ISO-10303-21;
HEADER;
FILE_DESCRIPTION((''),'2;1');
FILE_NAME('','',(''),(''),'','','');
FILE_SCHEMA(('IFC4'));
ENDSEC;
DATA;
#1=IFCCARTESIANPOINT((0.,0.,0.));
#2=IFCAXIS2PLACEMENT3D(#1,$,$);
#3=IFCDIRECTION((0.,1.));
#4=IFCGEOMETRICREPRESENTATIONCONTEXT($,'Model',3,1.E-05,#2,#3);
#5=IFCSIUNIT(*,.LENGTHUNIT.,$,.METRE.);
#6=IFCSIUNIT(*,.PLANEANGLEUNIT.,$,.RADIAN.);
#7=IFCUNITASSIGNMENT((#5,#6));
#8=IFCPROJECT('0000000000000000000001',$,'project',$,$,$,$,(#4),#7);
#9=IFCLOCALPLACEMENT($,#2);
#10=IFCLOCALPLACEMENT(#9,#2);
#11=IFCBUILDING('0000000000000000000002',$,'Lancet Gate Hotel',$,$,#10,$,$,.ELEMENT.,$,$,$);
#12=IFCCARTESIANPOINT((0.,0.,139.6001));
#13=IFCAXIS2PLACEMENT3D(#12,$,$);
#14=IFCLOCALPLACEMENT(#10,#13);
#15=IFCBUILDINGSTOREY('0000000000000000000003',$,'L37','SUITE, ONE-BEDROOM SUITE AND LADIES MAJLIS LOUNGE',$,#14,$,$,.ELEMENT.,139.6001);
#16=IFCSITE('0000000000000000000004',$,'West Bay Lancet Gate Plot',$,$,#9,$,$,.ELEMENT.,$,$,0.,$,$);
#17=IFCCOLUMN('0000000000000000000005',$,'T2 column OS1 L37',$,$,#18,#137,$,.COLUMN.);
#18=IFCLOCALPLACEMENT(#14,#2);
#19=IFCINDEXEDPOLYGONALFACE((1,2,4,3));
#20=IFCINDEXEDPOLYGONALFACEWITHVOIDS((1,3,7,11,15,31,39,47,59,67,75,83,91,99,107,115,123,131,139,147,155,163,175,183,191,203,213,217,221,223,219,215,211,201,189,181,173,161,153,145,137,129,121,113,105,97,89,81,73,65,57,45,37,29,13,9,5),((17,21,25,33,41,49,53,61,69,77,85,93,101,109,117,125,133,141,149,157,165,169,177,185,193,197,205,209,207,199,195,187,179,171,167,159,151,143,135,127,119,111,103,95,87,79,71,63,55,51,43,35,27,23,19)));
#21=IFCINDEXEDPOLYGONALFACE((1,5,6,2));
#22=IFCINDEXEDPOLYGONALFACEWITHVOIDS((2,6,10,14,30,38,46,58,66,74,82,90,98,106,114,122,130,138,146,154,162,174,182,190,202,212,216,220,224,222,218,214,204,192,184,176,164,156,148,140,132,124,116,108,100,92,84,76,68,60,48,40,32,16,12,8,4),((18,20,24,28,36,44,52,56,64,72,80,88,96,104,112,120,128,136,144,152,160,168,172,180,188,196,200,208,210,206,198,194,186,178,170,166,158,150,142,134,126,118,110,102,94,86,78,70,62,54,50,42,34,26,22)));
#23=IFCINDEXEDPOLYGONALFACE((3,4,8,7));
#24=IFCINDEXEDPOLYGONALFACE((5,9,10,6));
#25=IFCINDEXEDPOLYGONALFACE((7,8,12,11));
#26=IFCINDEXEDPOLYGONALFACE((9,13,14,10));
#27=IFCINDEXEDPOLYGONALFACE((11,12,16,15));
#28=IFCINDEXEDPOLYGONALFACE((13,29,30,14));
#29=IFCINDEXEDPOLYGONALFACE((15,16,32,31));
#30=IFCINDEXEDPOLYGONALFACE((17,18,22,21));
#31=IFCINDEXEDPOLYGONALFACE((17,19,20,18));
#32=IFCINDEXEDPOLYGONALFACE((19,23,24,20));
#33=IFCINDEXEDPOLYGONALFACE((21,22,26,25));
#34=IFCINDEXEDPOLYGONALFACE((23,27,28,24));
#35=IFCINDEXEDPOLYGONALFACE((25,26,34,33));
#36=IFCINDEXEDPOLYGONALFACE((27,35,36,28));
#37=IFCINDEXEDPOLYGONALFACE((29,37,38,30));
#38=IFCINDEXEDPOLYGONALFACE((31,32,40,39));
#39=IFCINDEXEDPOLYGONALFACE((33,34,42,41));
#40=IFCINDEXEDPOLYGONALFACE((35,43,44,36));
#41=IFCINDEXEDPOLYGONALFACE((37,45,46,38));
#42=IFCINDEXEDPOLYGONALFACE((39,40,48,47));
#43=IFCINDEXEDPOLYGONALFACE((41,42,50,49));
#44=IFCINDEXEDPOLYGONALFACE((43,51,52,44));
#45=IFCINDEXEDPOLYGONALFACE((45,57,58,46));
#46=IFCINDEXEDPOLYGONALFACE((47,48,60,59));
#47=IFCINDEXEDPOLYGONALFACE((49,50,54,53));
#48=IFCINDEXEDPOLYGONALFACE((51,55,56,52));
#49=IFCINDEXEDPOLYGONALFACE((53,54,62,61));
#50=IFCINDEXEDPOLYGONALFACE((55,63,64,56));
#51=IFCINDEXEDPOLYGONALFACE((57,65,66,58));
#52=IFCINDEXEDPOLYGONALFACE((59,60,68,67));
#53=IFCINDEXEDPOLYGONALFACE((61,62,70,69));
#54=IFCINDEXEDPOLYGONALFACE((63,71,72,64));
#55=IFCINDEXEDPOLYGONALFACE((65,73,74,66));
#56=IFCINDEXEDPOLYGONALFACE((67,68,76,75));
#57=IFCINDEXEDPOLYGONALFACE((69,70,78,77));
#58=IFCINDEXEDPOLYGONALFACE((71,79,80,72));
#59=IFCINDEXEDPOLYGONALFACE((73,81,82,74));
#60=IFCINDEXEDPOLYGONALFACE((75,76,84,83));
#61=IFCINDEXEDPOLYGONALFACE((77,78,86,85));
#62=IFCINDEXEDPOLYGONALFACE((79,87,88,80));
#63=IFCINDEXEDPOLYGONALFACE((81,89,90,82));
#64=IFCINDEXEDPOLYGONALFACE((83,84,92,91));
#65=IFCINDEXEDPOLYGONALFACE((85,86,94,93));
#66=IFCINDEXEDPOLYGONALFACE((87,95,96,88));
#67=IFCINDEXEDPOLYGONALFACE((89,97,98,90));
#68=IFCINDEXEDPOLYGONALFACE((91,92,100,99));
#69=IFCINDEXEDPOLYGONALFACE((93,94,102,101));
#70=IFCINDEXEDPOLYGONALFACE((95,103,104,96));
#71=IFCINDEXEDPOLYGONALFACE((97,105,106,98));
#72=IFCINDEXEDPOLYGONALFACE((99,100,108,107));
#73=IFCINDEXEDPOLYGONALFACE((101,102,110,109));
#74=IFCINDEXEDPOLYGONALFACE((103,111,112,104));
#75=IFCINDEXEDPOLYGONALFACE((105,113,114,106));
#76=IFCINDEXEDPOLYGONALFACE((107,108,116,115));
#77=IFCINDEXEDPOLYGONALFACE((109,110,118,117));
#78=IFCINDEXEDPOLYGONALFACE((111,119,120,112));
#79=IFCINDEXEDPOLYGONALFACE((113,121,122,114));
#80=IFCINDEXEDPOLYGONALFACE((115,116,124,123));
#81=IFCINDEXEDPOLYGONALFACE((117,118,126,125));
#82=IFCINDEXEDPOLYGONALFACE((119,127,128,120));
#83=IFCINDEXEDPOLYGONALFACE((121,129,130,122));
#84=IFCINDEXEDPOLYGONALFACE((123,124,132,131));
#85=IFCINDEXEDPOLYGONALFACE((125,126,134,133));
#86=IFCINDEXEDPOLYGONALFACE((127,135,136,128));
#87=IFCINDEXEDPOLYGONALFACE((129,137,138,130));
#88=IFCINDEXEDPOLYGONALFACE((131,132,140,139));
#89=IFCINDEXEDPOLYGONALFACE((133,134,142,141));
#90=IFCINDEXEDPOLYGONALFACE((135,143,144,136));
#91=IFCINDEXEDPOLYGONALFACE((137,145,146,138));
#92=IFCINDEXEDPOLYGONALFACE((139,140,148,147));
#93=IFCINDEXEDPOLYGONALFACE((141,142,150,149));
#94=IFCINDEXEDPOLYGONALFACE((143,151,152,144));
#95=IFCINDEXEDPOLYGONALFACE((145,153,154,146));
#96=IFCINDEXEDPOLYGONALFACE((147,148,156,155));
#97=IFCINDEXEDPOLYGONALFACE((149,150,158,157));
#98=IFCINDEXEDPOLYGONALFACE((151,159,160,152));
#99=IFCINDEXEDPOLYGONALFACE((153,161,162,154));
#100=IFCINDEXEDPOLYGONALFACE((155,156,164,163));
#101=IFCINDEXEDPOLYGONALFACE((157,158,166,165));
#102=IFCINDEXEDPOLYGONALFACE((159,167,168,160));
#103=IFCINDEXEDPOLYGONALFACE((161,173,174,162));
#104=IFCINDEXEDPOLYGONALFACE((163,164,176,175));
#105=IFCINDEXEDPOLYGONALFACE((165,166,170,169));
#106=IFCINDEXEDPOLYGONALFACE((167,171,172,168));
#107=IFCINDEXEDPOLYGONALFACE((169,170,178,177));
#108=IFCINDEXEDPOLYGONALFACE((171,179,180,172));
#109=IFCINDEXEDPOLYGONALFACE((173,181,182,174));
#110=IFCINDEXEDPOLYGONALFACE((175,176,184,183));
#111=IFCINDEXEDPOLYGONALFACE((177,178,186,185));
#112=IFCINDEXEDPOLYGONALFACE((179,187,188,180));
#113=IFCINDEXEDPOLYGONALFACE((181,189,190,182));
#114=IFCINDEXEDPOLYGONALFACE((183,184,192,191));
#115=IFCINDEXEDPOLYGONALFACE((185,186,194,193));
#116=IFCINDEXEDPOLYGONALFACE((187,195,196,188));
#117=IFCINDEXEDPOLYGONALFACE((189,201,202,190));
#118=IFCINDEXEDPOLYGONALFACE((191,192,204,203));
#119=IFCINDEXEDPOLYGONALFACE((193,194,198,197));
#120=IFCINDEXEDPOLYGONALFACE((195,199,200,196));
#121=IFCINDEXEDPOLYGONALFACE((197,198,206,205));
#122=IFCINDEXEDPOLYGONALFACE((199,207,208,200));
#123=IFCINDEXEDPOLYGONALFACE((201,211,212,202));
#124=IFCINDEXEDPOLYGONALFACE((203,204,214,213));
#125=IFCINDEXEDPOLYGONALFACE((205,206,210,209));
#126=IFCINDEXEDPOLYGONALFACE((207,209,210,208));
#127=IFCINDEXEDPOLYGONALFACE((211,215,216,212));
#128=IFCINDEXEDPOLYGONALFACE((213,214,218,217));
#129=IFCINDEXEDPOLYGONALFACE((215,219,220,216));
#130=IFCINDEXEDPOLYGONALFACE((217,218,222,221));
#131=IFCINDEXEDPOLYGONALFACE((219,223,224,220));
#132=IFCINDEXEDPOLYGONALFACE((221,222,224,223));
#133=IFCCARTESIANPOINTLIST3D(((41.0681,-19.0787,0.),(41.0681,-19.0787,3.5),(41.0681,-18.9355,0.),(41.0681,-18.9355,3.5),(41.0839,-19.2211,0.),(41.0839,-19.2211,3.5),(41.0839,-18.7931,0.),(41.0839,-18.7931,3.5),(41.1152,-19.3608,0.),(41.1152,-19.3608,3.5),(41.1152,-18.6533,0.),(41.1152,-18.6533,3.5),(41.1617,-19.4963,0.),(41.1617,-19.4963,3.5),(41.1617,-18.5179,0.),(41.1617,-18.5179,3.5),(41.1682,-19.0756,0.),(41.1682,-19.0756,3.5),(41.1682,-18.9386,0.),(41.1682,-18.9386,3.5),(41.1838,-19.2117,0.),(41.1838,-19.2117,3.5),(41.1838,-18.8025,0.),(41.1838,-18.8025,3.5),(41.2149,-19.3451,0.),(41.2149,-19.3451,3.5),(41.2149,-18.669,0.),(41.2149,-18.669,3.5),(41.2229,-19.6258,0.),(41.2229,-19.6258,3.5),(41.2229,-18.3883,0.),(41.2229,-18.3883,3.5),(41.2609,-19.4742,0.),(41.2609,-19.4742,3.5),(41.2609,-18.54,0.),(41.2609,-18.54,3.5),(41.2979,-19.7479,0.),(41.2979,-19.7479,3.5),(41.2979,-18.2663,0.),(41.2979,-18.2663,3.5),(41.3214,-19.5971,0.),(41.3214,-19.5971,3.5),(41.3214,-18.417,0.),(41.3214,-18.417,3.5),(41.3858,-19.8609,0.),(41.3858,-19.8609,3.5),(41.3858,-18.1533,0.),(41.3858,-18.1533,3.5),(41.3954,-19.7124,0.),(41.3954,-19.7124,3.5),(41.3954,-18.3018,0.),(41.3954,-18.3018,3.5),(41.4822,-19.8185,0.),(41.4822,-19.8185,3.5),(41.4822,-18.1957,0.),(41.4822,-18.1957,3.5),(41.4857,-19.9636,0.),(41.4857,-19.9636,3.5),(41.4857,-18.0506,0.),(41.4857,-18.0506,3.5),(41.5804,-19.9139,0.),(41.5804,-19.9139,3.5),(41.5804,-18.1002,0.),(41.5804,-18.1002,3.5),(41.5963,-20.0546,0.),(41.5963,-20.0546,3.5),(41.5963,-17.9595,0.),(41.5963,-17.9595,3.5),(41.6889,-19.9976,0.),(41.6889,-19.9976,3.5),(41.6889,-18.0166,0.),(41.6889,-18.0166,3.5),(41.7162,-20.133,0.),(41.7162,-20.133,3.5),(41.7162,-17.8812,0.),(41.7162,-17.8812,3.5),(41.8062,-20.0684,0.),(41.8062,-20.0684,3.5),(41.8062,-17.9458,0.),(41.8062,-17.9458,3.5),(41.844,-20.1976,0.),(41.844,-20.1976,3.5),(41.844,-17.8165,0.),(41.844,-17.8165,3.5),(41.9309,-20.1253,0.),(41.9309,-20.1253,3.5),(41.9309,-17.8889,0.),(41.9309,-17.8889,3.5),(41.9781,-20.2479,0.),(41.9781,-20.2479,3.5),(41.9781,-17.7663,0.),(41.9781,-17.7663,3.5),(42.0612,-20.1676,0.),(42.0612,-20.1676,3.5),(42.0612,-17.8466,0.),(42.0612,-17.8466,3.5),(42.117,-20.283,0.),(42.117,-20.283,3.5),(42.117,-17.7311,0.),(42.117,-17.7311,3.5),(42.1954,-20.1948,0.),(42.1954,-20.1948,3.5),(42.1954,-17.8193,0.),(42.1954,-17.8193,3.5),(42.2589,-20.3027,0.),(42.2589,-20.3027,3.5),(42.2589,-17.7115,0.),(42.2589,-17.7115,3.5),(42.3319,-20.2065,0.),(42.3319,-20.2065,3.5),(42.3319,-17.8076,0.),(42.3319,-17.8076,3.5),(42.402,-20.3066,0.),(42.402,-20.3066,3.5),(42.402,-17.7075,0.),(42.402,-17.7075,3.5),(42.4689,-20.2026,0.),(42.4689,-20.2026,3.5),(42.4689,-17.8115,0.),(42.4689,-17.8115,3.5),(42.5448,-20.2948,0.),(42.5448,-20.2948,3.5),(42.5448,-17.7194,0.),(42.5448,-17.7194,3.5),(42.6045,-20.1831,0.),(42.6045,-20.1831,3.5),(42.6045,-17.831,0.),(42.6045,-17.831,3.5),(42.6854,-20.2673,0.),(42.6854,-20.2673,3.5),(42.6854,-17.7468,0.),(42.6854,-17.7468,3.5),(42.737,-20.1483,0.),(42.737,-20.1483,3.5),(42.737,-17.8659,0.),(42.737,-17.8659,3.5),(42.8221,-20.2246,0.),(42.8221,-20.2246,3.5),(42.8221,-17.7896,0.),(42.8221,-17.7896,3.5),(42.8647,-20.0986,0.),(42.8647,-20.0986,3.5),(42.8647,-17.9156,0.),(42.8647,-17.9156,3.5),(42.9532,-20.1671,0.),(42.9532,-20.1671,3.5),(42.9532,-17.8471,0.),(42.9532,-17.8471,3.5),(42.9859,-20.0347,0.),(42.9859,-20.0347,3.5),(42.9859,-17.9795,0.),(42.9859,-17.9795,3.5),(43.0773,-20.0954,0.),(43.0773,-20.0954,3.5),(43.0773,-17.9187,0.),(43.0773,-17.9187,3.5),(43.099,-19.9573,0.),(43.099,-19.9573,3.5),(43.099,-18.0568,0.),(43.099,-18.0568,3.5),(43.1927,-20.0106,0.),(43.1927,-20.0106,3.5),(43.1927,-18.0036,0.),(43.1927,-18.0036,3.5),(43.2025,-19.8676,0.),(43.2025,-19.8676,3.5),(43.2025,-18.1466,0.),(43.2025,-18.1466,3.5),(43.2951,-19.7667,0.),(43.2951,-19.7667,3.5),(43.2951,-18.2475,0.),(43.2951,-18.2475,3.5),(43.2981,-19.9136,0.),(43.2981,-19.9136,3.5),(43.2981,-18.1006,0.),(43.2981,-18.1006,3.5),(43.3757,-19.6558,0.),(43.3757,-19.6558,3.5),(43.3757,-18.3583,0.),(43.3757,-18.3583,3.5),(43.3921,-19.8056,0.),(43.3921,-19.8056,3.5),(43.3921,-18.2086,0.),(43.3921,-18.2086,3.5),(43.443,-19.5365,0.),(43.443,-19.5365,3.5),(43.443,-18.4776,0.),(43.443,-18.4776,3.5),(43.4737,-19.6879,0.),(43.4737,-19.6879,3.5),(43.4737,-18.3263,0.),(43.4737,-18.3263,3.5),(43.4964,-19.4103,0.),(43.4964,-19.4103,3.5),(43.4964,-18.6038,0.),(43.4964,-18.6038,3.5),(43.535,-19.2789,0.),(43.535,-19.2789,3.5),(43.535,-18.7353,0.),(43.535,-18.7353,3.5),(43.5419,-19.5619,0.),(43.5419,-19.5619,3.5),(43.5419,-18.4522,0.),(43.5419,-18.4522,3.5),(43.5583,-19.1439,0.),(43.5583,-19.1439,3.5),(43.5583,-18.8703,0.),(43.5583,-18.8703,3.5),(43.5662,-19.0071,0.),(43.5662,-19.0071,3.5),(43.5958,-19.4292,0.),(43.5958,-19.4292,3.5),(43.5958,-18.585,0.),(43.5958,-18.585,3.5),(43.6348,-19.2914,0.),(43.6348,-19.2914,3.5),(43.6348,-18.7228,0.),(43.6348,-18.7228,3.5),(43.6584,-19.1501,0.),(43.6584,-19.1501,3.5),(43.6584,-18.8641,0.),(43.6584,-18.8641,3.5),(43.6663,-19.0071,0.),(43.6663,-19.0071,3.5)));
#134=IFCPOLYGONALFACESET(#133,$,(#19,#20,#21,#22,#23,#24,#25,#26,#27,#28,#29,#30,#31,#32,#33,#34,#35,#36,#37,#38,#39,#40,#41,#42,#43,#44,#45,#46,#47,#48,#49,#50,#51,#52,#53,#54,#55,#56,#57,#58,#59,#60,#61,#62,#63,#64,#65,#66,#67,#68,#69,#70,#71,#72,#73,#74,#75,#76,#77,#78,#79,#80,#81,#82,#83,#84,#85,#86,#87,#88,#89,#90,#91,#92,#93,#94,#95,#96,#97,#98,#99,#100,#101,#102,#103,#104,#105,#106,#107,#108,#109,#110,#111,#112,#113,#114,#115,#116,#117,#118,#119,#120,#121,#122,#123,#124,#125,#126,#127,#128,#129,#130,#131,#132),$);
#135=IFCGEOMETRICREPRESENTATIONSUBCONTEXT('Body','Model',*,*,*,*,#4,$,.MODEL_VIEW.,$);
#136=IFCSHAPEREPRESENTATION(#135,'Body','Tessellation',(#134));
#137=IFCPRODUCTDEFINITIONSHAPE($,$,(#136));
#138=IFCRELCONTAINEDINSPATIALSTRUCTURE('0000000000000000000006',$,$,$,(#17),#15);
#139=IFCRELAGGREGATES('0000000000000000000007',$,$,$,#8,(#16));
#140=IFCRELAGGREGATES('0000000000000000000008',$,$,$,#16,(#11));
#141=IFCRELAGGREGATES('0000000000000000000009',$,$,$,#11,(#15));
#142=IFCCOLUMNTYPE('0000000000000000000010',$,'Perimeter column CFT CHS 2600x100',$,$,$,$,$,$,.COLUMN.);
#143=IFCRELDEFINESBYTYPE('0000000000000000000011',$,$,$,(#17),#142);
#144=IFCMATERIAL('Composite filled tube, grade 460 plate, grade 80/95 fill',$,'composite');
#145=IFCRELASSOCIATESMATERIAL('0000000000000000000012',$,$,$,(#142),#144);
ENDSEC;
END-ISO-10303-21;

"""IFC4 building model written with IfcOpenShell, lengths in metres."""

from ifc_helpers import new_model, si_unit, direction, frame, origin, origin_2d, place, context, subcontext, project, spatial, hollow_circle, extrude, material, material_profile, profile_set, type_object, element, save


model = new_model("IFC4")

# Units and contexts
model_context = context("Model", 3, precision=1e-05, world=origin(), true_north=direction((0.0, 1.0)))
body_context = subcontext(model_context, "Body", "Model", "MODEL_VIEW")
ifc_project = project(units=[si_unit("LENGTHUNIT", "METRE"), si_unit("PLANEANGLEUNIT", "RADIAN")], contexts=[model_context])

# Site, building, storey
site_placement = place(None, origin())
site = spatial("IfcSite", under=ifc_project, at=site_placement, Name="West Bay Lancet Gate Plot", CompositionType="ELEMENT", RefElevation=0.0)
building_placement = place(site_placement, origin())
building = spatial("IfcBuilding", under=site, at=building_placement, Name="Lancet Gate Hotel", CompositionType="ELEMENT")
storey_placement = place(building_placement, frame((0.0, 0.0, 139.6001)))
storey = spatial("IfcBuildingStorey", under=building, at=storey_placement, Name="L37", Description="SUITE, ONE-BEDROOM SUITE AND LADIES MAJLIS LOUNGE", CompositionType="ELEMENT", Elevation=139.6001)

# Column
ifc_material_1 = material(Name="Composite filled tube, grade 460 plate, grade 80/95 fill", Category="composite")
ifc_material_profile_1 = material_profile(ifc_material_1, hollow_circle(Radius=1.3, WallThickness=0.1001, at=origin_2d()), Name="CHS 2600x100")
ifc_profile_set_1 = profile_set([ifc_material_profile_1], Name="Composite filled tube, grade 460 plate, grade 80/95 fill")
column_type = type_object("IfcColumnType", Name="Perimeter column CFT CHS 2600x100", PredefinedType="COLUMN", material=ifc_profile_set_1)
for number, where, z_axis, x_axis, name in (
    (1, (42.3662, -19.0071, 0.0), (0.0, 0.0, 1.0), (1.0, 0.0, 0.0), "T2 column OS1 L37"),
):
    element("IfcColumn", number, at=place(storey_placement, frame(where, z_axis=z_axis, x_axis=x_axis)), inside=storey, type_object=column_type, Name=name, PredefinedType="COLUMN", context=body_context, shape_type="SweptSolid", body=[
        extrude(hollow_circle(Radius=1.3, WallThickness=0.1001, at=origin_2d()), origin(), (0.0, 0.0, 1.0), 3.5),
    ])

save(model, "model.ifc")
